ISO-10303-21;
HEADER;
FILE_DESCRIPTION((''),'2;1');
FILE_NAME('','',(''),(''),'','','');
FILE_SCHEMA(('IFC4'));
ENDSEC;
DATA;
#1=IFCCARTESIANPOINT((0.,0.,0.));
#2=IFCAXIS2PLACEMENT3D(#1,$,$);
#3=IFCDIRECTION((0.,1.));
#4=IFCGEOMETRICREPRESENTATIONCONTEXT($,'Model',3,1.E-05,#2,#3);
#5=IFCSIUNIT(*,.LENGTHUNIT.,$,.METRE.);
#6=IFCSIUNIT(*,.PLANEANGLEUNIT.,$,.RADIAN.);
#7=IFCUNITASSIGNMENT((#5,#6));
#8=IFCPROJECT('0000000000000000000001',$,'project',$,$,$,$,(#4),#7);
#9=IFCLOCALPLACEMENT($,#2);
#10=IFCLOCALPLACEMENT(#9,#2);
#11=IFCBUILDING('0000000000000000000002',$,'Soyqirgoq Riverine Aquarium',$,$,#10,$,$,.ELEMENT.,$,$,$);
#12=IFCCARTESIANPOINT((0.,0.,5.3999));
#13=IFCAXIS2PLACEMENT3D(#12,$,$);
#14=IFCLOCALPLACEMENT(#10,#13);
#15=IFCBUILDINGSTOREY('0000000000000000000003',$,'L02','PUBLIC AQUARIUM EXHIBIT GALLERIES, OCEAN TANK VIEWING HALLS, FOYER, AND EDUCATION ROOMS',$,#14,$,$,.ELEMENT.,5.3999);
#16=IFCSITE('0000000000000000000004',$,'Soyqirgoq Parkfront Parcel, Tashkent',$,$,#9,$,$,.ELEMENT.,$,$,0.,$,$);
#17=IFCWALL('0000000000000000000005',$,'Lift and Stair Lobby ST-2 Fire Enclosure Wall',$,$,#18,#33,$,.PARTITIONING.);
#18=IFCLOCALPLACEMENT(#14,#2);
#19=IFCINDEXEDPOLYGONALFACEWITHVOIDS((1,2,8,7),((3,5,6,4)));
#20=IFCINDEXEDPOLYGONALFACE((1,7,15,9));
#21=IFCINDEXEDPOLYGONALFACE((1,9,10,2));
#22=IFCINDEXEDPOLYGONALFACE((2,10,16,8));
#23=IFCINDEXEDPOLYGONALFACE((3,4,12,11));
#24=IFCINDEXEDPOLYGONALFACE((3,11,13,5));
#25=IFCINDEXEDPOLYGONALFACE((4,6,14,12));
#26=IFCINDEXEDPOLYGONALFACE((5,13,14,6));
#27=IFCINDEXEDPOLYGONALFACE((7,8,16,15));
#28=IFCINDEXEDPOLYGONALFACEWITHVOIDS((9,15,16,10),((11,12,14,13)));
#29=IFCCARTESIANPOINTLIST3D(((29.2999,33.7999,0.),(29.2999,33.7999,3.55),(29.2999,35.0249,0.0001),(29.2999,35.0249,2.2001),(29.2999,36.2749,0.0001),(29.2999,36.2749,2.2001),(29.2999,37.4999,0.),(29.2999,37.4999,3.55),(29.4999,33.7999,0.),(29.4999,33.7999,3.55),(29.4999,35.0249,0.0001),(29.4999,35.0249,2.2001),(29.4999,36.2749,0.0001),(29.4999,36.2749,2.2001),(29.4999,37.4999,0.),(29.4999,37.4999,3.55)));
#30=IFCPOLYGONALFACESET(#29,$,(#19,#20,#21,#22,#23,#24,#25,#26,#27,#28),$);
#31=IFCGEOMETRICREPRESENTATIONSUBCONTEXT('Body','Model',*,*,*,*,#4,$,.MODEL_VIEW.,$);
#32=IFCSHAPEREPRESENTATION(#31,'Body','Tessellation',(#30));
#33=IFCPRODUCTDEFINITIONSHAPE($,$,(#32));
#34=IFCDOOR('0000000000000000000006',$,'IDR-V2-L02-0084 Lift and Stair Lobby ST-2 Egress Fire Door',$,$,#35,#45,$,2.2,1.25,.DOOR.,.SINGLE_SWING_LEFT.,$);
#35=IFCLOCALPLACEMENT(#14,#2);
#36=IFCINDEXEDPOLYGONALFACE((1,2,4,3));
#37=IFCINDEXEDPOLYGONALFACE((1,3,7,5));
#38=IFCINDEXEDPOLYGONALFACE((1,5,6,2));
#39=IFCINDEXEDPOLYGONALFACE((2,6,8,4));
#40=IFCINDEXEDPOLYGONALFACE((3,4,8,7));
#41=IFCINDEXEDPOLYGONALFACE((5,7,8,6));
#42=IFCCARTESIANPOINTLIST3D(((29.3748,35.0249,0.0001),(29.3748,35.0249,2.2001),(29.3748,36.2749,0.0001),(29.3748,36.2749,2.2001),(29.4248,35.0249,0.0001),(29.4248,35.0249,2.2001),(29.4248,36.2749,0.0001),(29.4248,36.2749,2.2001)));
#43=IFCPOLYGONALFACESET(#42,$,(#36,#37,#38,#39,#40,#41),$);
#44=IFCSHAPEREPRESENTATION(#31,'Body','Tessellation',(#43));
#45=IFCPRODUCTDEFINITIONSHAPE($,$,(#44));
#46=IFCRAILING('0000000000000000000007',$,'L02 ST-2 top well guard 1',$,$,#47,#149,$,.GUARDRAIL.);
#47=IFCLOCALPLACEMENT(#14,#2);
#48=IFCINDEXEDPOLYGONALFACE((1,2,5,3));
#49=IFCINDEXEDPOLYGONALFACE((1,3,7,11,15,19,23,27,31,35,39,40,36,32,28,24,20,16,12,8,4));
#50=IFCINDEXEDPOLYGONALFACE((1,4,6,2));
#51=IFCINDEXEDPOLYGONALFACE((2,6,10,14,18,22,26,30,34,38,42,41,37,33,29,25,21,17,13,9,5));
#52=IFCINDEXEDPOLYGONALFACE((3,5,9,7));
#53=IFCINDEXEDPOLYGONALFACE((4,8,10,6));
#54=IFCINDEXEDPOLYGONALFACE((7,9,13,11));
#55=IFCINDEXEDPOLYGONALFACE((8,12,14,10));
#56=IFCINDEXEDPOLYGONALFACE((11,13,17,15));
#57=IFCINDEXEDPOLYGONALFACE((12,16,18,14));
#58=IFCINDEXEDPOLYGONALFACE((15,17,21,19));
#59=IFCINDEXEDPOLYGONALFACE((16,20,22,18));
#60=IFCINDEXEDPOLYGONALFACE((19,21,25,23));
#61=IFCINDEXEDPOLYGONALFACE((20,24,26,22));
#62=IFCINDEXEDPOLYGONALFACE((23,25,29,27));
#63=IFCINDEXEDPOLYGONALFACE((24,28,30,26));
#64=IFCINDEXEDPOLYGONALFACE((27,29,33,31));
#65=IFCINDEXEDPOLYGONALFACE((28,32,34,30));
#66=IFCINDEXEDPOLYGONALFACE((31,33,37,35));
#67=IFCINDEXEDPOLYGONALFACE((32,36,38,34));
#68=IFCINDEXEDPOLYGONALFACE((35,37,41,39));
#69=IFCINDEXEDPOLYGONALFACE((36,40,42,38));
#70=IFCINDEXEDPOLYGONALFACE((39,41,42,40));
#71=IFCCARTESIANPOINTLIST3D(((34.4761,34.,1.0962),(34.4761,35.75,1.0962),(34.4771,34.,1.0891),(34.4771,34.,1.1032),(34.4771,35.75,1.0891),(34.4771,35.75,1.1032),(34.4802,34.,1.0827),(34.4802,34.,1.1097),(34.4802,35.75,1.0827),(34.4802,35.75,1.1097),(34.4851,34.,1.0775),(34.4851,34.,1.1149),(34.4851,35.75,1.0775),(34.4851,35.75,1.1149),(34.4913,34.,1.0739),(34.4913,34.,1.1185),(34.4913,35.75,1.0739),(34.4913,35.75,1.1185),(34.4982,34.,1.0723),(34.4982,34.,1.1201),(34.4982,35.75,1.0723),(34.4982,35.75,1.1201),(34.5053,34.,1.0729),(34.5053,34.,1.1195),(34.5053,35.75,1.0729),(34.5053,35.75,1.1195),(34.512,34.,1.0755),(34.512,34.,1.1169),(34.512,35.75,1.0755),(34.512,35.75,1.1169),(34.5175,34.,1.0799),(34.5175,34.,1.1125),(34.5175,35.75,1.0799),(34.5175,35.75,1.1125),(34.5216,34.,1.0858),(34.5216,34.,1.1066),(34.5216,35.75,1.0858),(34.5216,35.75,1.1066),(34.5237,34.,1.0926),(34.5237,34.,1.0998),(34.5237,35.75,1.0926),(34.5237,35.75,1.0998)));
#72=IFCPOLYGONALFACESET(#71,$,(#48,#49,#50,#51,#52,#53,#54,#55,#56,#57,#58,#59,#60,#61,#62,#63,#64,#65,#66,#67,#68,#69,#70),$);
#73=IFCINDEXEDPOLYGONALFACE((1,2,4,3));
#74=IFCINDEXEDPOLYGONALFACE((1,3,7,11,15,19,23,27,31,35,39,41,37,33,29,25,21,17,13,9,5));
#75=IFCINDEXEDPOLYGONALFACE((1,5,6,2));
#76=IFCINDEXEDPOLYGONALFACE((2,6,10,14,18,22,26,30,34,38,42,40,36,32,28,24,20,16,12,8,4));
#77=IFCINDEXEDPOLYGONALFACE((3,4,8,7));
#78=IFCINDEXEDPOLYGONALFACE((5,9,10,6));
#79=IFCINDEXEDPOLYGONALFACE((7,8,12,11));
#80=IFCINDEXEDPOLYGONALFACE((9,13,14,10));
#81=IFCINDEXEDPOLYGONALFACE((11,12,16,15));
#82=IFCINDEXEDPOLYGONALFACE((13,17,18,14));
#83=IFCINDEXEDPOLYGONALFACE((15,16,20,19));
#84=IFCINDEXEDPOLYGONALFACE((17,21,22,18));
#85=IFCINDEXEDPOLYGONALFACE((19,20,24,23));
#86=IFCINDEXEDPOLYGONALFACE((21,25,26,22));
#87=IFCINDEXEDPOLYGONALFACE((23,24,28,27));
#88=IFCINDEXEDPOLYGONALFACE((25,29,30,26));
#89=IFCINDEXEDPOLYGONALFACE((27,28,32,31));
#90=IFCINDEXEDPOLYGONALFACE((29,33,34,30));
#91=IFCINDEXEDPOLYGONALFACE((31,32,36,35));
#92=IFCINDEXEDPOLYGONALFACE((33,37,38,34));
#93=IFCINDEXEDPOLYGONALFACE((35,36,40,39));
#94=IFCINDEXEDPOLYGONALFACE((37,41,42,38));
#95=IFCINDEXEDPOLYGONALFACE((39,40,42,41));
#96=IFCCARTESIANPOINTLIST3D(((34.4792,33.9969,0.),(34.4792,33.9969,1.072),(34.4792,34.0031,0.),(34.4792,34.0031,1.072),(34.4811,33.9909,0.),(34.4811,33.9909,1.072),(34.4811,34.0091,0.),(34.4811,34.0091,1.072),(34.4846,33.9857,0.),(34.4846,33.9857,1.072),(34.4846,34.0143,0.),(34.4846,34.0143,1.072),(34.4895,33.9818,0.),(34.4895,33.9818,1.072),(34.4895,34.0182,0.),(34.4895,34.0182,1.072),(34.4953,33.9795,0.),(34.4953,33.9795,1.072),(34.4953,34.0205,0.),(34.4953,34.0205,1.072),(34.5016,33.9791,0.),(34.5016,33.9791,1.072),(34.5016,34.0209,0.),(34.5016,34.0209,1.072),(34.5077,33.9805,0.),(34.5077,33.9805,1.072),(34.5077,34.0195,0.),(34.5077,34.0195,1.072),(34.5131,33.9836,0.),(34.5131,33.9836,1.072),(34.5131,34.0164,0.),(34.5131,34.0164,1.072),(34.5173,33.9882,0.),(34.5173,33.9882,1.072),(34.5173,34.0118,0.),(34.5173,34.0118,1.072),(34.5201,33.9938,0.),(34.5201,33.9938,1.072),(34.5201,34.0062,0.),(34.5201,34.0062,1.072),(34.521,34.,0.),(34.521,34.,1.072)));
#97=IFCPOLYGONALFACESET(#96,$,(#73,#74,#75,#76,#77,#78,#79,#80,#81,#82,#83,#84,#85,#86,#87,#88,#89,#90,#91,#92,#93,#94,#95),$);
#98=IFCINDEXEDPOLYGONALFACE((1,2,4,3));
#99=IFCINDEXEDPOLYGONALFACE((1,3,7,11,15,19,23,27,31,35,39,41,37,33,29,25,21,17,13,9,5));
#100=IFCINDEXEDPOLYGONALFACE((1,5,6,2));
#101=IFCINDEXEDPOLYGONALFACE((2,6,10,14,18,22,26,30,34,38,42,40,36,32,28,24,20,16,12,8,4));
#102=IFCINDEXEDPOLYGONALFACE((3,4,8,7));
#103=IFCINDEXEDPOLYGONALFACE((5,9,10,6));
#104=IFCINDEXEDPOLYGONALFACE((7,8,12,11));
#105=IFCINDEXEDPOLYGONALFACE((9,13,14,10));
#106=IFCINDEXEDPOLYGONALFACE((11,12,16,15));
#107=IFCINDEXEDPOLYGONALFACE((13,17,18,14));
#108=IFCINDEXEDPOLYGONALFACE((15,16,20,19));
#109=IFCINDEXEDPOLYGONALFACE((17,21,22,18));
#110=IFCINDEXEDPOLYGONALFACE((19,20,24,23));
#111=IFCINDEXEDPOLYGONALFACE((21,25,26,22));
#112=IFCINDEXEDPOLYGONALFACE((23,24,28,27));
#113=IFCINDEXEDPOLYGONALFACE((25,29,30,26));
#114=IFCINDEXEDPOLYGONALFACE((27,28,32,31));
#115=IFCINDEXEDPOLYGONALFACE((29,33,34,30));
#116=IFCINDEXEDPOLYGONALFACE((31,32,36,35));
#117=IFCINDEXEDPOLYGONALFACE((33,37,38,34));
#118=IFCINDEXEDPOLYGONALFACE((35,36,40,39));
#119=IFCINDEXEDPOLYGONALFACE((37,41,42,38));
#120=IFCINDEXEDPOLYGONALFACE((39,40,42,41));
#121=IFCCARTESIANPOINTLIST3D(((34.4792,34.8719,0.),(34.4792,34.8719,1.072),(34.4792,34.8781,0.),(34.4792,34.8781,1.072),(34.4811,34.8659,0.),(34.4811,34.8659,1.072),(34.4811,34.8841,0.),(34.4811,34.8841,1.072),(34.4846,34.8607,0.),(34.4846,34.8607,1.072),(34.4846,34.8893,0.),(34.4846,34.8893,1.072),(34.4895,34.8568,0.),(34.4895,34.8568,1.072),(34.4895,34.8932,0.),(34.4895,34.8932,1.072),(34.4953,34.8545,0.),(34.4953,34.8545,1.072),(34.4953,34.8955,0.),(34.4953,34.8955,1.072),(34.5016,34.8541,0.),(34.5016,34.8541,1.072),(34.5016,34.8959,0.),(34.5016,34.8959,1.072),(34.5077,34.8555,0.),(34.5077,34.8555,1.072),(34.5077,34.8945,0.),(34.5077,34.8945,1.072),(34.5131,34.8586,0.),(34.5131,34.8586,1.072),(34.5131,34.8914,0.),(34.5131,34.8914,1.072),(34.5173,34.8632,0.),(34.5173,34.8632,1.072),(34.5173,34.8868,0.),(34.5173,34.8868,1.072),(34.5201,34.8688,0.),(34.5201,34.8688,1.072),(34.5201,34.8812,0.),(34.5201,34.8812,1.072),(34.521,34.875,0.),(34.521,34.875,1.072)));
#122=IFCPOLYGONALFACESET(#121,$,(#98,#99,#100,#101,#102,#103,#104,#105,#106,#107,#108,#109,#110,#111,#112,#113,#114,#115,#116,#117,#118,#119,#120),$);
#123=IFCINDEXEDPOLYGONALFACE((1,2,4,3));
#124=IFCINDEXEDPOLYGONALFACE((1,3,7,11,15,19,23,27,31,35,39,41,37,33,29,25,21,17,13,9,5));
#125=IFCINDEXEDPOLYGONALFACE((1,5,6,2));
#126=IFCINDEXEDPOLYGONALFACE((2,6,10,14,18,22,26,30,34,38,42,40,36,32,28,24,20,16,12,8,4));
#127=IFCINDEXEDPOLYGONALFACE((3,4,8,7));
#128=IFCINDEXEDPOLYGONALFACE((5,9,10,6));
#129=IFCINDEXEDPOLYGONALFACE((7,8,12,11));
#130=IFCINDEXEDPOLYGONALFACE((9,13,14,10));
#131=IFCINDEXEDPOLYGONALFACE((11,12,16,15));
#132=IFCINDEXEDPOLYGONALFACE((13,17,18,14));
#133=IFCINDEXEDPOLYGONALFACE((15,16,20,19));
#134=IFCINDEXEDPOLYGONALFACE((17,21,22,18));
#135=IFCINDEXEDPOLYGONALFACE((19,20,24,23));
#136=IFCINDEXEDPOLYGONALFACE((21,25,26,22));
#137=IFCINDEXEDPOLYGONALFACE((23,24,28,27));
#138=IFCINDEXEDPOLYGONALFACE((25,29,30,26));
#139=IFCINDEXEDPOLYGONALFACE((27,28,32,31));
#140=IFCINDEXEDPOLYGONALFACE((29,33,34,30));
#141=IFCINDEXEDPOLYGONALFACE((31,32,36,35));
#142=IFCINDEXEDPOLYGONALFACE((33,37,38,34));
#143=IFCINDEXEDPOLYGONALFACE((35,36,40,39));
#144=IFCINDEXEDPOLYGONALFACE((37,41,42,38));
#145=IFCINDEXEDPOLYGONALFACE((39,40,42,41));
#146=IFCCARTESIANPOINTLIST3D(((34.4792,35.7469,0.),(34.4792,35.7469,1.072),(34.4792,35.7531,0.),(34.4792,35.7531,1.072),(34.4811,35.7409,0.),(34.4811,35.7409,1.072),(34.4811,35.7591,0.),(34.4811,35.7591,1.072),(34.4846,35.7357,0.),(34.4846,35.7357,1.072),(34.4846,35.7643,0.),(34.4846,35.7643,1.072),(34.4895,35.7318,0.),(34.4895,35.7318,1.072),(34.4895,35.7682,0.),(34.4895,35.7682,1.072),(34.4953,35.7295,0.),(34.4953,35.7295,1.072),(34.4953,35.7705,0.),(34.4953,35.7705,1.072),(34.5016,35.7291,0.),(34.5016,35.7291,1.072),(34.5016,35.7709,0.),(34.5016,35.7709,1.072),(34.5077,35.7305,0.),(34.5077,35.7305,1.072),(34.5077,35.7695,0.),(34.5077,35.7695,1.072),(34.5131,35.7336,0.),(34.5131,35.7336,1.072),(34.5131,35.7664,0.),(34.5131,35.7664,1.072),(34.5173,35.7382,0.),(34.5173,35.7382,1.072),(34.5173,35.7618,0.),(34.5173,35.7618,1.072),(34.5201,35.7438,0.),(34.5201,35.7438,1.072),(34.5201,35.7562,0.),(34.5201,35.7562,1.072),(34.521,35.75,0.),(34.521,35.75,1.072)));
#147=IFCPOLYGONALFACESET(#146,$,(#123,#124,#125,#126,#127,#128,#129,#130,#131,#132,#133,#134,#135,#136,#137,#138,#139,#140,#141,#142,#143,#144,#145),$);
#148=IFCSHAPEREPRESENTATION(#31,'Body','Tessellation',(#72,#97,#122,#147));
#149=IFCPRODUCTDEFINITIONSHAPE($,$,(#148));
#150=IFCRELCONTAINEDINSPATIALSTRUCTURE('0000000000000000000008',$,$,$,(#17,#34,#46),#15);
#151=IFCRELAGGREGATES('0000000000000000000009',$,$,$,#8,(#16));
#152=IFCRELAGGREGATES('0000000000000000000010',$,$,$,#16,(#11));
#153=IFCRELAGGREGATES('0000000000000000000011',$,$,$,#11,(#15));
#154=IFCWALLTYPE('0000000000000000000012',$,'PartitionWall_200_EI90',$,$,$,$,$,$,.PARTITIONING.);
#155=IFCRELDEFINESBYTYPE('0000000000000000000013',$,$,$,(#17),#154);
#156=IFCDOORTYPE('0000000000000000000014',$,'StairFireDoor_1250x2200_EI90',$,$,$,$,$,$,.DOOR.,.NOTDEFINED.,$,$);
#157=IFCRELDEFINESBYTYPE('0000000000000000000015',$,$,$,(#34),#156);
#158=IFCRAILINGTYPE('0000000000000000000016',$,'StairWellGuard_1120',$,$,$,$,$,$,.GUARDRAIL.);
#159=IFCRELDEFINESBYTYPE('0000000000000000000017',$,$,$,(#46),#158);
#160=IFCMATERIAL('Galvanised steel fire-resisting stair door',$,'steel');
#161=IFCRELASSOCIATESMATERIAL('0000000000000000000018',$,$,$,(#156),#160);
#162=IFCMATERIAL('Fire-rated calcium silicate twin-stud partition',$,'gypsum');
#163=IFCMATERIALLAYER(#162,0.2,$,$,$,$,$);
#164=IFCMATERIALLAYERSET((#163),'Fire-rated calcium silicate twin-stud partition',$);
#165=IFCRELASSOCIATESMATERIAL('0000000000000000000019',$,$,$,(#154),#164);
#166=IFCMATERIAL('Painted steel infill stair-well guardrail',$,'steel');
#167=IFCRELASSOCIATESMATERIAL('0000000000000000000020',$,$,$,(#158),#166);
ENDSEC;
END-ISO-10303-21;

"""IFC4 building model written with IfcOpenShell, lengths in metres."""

from ifc_helpers import new_model, si_unit, direction, frame, frame_2d, origin, origin_2d, place, context, subcontext, project, spatial, rectangle, circle, extrude, material, layer, layer_set, type_object, element, fill, save


model = new_model("IFC4")

# Units and contexts
model_context = context("Model", 3, precision=1e-05, world=origin(), true_north=direction((0.0, 1.0)))
body_context = subcontext(model_context, "Body", "Model", "MODEL_VIEW")
ifc_project = project(units=[si_unit("LENGTHUNIT", "METRE"), si_unit("PLANEANGLEUNIT", "RADIAN")], contexts=[model_context])

# Site, building, storey
site_placement = place(None, origin())
site = spatial("IfcSite", under=ifc_project, at=site_placement, Name="Soyqirgoq Parkfront Parcel, Tashkent", CompositionType="ELEMENT", RefElevation=0.0)
building_placement = place(site_placement, origin())
building = spatial("IfcBuilding", under=site, at=building_placement, Name="Soyqirgoq Riverine Aquarium", CompositionType="ELEMENT")
storey_placement = place(building_placement, frame((0.0, 0.0, 5.3999)))
storey = spatial("IfcBuildingStorey", under=building, at=storey_placement, Name="L02", Description="PUBLIC AQUARIUM EXHIBIT GALLERIES, OCEAN TANK VIEWING HALLS, FOYER, AND EDUCATION ROOMS", CompositionType="ELEMENT", Elevation=5.3999)

# Shared definitions
ifc_material_1 = material(Name="Galvanised steel fire-resisting stair door", Category="steel")
door_type_1 = type_object("IfcDoorType", Name="StairFireDoor_1250x2200_EI90", OperationType="NOTDEFINED", PredefinedType="DOOR", material=ifc_material_1)

# Wall, opening, door
ifc_material_2 = material(Name="Fire-rated calcium silicate twin-stud partition", Category="gypsum")
ifc_layer_1 = layer(ifc_material_2, 0.2)
ifc_layer_set_1 = layer_set([ifc_layer_1], Name="Fire-rated calcium silicate twin-stud partition")
wall_type_1 = type_object("IfcWallType", Name="PartitionWall_200_EI90", PredefinedType="PARTITIONING", material=ifc_layer_set_1)
wall_1_placement = place(storey_placement, frame((29.3999, 37.5, 0.0), z_axis=(0.0, 0.0, 1.0), x_axis=(0.0, -1.0, 0.0)))
wall_1 = element("IfcWall", 1, at=wall_1_placement, inside=storey, type_object=wall_type_1, Name="Lift and Stair Lobby ST-2 Fire Enclosure Wall", PredefinedType="PARTITIONING", context=body_context, shape_type="SweptSolid", body=[
    extrude(rectangle(XDim=3.7, YDim=0.2, at=frame_2d((1.8501, 0.0))), origin(), (0.0, 0.0, 1.0), 3.55),
])
opening_1_placement = place(wall_1_placement, frame((1.2251, 0.0, 0.0)))
opening_1 = element("IfcOpeningElement", 2, at=opening_1_placement, cuts=wall_1, PredefinedType="OPENING", context=body_context, shape_type="SweptSolid", body=[
    extrude(rectangle(XDim=1.25, YDim=2.2, at=frame_2d((0.625, 1.1001))), frame((0.0, 0.1099, 0.0), z_axis=(0.0, -1.0, 0.0), x_axis=(1.0, 0.0, 0.0)), (0.0, 0.0, 1.0), 0.22),
])
door_1_placement = place(opening_1_placement, origin())
door_1 = element("IfcDoor", 3, at=door_1_placement, inside=storey, type_object=door_type_1, Name="IDR-V2-L02-0084 Lift and Stair Lobby ST-2 Egress Fire Door", OperationType="SINGLE_SWING_LEFT", OverallHeight=2.2, OverallWidth=1.25, PredefinedType="DOOR", context=body_context, shape_type="SweptSolid", body=[
    extrude(rectangle(XDim=1.25, YDim=2.2, at=frame_2d((0.625, 1.1001))), frame((0.0, 0.0249, 0.0), z_axis=(0.0, -1.0, 0.0), x_axis=(1.0, 0.0, 0.0)), (0.0, 0.0, 1.0), 0.05),
])
fill(opening_1, door_1)

# Railing
ifc_material_3 = material(Name="Painted steel infill stair-well guardrail", Category="steel")
railing_type = type_object("IfcRailingType", Name="StairWellGuard_1120", PredefinedType="GUARDRAIL", material=ifc_material_3)
railing_placement = place(storey_placement, frame((34.5, 34.0, 0.0)))
element("IfcRailing", 4, at=railing_placement, inside=storey, type_object=railing_type, Name="L02 ST-2 top well guard 1", PredefinedType="GUARDRAIL", context=body_context, shape_type="SweptSolid", body=[
    extrude(circle(Radius=0.0239, at=origin_2d()), frame((0.0, 0.0, 1.0962), z_axis=(0.0, 1.0, 0.0), x_axis=(-1.0, 0.0, 0.0)), (0.0, 0.0, 1.0), 1.75),
    extrude(circle(Radius=0.021, at=origin_2d()), origin(), (0.0, 0.0, 1.0), 1.072),
    extrude(circle(Radius=0.021, at=origin_2d()), frame((0.0, 0.875, 0.0)), (0.0, 0.0, 1.0), 1.072),
    extrude(circle(Radius=0.021, at=origin_2d()), frame((0.0, 1.75, 0.0)), (0.0, 0.0, 1.0), 1.072),
])

save(model, "model.ifc")
